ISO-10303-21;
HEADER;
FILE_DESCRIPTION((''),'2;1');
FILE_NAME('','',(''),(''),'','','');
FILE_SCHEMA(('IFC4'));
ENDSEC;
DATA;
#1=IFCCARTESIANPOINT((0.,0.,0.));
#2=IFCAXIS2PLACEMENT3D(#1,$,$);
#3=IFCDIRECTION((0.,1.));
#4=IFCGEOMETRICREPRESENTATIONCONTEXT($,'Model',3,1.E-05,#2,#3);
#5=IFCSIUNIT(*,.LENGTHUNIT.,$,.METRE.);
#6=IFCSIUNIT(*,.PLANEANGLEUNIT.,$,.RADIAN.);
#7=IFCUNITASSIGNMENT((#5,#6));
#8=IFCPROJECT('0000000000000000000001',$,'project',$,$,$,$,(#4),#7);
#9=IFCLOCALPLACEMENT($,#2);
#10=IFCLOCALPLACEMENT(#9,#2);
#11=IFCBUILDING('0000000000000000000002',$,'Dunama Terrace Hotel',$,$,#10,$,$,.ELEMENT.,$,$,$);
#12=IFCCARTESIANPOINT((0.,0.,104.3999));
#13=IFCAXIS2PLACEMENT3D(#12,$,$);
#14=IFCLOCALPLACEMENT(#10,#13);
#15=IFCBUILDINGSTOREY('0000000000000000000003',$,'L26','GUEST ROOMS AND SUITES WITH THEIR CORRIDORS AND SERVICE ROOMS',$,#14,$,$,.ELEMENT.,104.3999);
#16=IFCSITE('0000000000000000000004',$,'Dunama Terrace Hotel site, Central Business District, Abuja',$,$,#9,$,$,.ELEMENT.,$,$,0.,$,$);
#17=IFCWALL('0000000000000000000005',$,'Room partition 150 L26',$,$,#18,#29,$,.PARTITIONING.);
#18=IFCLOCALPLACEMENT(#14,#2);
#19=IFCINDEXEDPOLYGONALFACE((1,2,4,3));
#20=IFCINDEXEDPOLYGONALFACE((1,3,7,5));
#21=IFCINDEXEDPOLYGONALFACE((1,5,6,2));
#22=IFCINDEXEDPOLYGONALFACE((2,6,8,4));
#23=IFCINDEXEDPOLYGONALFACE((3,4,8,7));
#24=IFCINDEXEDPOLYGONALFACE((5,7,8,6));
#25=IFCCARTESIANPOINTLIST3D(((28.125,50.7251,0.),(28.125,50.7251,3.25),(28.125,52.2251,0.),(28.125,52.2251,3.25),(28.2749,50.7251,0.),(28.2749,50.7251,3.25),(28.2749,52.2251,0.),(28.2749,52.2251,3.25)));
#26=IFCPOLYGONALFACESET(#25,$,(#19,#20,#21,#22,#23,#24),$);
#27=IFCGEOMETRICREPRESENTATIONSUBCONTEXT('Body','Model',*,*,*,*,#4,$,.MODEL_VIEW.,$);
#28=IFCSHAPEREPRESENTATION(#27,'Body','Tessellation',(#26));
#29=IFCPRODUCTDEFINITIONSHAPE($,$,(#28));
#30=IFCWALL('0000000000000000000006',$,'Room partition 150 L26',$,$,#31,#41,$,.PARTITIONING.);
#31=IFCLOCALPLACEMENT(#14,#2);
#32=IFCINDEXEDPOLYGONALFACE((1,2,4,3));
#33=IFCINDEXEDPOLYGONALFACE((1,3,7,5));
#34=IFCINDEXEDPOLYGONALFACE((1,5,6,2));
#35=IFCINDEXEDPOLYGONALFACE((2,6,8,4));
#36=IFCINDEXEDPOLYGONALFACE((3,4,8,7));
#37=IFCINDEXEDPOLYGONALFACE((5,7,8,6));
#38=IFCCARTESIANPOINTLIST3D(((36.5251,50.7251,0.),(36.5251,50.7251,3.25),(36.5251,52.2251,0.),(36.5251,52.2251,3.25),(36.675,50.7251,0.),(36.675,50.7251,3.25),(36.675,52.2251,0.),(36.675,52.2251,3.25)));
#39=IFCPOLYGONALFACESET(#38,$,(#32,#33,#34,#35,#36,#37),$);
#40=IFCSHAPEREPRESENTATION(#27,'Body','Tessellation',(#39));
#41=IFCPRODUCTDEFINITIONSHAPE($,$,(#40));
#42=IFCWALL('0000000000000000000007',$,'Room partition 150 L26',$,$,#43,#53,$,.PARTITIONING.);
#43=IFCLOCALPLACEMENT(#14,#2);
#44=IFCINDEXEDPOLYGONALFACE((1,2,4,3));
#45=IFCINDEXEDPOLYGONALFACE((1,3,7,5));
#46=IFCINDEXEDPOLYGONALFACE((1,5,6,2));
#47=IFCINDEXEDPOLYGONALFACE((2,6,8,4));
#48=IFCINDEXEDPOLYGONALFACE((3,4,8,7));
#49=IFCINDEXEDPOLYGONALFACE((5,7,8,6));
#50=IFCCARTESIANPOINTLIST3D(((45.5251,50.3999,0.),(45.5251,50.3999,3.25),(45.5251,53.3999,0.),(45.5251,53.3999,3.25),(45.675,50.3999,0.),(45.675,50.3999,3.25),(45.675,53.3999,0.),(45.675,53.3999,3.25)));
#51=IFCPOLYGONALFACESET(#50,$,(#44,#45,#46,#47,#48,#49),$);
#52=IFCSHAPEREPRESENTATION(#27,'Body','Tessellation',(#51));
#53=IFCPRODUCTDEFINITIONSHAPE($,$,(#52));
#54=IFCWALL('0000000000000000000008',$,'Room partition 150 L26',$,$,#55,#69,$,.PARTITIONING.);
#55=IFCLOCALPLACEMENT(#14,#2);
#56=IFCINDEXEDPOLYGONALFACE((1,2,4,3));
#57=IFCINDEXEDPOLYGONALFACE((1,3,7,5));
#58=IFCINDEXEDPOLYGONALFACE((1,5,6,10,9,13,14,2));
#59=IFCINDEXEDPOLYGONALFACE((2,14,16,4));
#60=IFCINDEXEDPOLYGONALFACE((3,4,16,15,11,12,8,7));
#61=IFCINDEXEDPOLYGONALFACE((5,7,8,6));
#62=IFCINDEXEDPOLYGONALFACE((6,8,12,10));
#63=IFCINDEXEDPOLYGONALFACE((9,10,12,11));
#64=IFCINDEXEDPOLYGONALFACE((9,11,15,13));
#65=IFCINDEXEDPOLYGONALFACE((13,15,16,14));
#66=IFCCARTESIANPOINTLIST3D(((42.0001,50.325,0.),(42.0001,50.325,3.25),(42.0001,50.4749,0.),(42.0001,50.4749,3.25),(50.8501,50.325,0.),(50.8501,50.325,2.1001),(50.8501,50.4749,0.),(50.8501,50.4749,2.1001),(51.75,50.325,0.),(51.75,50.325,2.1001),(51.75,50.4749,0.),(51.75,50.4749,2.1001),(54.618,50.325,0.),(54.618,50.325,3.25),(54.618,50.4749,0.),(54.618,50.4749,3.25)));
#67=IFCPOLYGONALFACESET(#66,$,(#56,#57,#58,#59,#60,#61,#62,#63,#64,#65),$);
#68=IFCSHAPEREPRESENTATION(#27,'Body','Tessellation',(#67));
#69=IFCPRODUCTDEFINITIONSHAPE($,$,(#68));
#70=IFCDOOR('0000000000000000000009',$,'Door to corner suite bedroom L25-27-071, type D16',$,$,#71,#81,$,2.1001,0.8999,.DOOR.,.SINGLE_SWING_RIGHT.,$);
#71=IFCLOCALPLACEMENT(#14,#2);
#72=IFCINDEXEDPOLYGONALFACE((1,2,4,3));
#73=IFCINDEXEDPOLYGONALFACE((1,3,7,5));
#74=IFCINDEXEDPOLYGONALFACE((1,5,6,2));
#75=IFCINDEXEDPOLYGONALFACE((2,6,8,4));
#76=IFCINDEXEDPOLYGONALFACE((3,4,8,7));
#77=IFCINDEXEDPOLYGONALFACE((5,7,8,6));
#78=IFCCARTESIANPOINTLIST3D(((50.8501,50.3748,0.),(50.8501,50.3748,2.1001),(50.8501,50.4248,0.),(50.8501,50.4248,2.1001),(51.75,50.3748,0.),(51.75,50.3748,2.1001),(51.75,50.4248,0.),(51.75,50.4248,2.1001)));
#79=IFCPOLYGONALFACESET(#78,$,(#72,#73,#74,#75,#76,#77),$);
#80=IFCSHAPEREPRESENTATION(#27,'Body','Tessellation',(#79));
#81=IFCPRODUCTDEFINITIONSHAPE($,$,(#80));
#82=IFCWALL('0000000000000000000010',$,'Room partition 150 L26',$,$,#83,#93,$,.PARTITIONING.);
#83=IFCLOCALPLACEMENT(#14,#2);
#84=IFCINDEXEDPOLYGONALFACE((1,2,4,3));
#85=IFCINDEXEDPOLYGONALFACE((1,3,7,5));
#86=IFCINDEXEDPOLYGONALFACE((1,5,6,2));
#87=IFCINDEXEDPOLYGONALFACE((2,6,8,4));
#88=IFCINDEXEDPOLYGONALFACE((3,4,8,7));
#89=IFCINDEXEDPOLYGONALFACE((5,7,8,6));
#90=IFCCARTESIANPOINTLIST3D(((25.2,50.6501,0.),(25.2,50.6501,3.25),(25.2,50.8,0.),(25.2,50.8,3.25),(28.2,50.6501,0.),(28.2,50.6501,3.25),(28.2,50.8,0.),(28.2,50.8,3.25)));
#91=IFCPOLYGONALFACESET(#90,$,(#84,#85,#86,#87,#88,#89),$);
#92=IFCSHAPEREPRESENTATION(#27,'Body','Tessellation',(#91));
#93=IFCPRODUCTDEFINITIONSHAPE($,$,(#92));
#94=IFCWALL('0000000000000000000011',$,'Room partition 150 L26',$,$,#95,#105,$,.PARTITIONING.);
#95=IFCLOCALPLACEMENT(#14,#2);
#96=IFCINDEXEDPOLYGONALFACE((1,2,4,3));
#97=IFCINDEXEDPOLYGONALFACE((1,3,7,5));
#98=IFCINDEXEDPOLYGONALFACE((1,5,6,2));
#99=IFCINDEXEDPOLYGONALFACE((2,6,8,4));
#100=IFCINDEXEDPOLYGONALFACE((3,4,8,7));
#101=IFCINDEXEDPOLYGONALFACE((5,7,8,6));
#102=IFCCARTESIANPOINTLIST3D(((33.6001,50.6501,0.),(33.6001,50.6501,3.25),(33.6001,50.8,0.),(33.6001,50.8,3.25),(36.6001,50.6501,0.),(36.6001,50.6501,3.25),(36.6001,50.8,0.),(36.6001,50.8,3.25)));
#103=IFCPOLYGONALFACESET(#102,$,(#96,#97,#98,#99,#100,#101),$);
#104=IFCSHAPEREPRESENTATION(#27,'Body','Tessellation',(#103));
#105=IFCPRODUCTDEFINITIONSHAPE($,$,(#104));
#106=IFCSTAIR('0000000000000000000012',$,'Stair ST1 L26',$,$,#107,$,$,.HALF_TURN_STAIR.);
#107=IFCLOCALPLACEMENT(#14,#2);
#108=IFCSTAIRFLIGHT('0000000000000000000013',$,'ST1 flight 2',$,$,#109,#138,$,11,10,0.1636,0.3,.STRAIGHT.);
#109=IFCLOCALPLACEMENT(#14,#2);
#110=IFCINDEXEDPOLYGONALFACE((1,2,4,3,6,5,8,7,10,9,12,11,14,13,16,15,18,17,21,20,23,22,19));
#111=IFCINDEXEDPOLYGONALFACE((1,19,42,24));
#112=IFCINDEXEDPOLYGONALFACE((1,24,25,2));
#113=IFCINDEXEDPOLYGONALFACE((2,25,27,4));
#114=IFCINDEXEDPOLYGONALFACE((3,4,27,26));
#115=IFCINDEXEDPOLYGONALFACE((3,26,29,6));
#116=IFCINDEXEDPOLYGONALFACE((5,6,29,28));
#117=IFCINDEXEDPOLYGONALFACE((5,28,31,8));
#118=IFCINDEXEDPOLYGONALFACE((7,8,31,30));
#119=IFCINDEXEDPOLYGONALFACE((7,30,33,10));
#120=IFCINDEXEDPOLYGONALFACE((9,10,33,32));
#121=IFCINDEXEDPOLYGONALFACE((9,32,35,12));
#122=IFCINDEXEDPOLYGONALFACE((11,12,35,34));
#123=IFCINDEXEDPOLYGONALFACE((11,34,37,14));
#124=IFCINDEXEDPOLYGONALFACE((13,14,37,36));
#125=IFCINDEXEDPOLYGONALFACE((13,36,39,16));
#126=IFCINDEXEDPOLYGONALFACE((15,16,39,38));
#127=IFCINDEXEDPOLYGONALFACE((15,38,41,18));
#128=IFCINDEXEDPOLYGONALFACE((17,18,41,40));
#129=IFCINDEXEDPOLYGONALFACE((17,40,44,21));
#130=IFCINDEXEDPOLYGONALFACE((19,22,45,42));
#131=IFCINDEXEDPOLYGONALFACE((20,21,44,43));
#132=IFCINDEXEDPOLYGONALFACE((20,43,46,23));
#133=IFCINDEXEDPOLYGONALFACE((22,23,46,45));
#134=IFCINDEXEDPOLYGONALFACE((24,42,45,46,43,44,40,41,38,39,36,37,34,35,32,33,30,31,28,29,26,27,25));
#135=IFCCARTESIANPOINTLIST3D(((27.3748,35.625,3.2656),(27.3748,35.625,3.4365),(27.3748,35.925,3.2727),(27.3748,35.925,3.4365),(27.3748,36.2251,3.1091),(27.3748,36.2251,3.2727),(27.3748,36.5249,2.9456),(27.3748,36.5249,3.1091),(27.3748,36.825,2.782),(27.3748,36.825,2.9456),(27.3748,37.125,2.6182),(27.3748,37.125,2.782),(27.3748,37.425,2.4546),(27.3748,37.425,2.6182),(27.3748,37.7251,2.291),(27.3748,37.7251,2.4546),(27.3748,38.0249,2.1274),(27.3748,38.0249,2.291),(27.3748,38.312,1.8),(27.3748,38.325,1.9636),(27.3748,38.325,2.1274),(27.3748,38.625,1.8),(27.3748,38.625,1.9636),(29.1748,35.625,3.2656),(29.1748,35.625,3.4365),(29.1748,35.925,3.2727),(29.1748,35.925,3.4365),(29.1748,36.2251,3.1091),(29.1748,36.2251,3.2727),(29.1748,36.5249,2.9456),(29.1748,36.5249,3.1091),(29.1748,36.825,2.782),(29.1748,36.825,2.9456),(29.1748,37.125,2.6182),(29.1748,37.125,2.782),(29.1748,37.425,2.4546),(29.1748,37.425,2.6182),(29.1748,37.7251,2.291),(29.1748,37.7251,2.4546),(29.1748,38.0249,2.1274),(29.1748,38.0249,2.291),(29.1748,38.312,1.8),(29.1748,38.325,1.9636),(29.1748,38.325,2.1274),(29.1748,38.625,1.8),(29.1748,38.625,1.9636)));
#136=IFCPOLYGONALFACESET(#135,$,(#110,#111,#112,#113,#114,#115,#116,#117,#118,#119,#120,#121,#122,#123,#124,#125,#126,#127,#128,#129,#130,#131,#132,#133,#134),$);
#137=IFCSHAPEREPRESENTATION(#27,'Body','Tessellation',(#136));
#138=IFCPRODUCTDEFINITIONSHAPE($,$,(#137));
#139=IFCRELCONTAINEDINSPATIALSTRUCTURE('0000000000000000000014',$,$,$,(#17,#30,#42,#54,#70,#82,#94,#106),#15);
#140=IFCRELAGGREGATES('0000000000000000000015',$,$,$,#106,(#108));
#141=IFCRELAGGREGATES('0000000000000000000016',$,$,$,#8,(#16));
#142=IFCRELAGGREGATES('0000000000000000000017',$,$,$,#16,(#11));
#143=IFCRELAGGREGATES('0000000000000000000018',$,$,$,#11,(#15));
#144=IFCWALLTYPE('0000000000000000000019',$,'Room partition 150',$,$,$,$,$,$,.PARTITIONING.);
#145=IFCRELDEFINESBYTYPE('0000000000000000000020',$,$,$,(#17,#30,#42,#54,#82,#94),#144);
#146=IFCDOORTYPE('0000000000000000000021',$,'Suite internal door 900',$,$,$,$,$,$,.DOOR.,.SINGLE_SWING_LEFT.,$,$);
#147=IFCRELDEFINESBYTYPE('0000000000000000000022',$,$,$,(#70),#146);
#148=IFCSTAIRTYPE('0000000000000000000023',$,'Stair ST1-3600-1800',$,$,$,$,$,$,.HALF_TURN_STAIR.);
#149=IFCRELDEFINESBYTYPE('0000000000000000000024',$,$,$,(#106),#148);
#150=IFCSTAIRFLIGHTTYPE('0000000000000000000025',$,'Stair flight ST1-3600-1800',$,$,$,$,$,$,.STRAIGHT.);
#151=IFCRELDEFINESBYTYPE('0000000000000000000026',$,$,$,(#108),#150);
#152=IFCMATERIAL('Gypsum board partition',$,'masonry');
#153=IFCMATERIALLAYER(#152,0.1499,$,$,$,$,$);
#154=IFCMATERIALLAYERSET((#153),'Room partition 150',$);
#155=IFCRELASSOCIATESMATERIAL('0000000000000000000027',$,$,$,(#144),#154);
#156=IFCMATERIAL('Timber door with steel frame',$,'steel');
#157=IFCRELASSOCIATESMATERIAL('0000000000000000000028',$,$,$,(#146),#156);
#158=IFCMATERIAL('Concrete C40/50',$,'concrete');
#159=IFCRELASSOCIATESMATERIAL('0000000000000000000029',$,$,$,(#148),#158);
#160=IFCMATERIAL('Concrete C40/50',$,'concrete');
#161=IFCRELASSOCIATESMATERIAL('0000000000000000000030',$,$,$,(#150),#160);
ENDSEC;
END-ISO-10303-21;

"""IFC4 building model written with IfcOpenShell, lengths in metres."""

from ifc_helpers import new_model, si_unit, direction, frame, frame_2d, origin, place, context, subcontext, project, spatial, polyline, rectangle, outline, extrude, material, layer, layer_set, type_object, element, fill, aggregate, save


model = new_model("IFC4")

# Units and contexts
model_context = context("Model", 3, precision=1e-05, world=origin(), true_north=direction((0.0, 1.0)))
body_context = subcontext(model_context, "Body", "Model", "MODEL_VIEW")
ifc_project = project(units=[si_unit("LENGTHUNIT", "METRE"), si_unit("PLANEANGLEUNIT", "RADIAN")], contexts=[model_context])

# Site, building, storey
site_placement = place(None, origin())
site = spatial("IfcSite", under=ifc_project, at=site_placement, Name="Dunama Terrace Hotel site, Central Business District, Abuja", CompositionType="ELEMENT", RefElevation=0.0)
building_placement = place(site_placement, origin())
building = spatial("IfcBuilding", under=site, at=building_placement, Name="Dunama Terrace Hotel", CompositionType="ELEMENT")
storey_placement = place(building_placement, frame((0.0, 0.0, 104.3999)))
storey = spatial("IfcBuildingStorey", under=building, at=storey_placement, Name="L26", Description="GUEST ROOMS AND SUITES WITH THEIR CORRIDORS AND SERVICE ROOMS", CompositionType="ELEMENT", Elevation=104.3999)

# Walls
ifc_material_1 = material(Name="Gypsum board partition", Category="masonry")
ifc_layer_1 = layer(ifc_material_1, 0.1499)
ifc_layer_set_1 = layer_set([ifc_layer_1], Name="Room partition 150")
wall_type_1 = type_object("IfcWallType", Name="Room partition 150", PredefinedType="PARTITIONING", material=ifc_layer_set_1)
for number, where, z_axis, x_axis, name in (
    (1, (28.2, 50.7251, 0.0), (0.0, 0.0, 1.0), (0.0, 1.0, 0.0), "Room partition 150 L26"),
    (2, (36.6001, 50.7251, 0.0), (0.0, 0.0, 1.0), (0.0, 1.0, 0.0), "Room partition 150 L26"),
):
    element("IfcWall", number, at=place(storey_placement, frame(where, z_axis=z_axis, x_axis=x_axis)), inside=storey, type_object=wall_type_1, Name=name, PredefinedType="PARTITIONING", context=body_context, shape_type="SweptSolid", body=[
        extrude(rectangle(XDim=1.5, YDim=0.1499, at=frame_2d((0.75, 0.0))), origin(), (0.0, 0.0, 1.0), 3.25),
    ])
wall_1_placement = place(storey_placement, frame((45.6001, 50.3999, 0.0), z_axis=(0.0, 0.0, 1.0), x_axis=(0.0, 1.0, 0.0)))
element("IfcWall", 3, at=wall_1_placement, inside=storey, type_object=wall_type_1, Name="Room partition 150 L26", PredefinedType="PARTITIONING", context=body_context, shape_type="SweptSolid", body=[
    extrude(rectangle(XDim=3.0, YDim=0.1499, at=frame_2d((1.5, 0.0))), origin(), (0.0, 0.0, 1.0), 3.25),
])

# Wall, opening, door
wall_2_placement = place(storey_placement, frame((42.0, 50.3999, 0.0), z_axis=(0.0, 0.0, 1.0), x_axis=(1.0, 0.0, 0.0)))
wall_2 = element("IfcWall", 4, at=wall_2_placement, inside=storey, type_object=wall_type_1, Name="Room partition 150 L26", PredefinedType="PARTITIONING", context=body_context, shape_type="SweptSolid", body=[
    extrude(rectangle(XDim=12.6179, YDim=0.1499, at=frame_2d((6.3091, 0.0))), origin(), (0.0, 0.0, 1.0), 3.25),
])
opening_1_placement = place(wall_2_placement, frame((8.8501, 0.0, 0.0)))
opening_1 = element("IfcOpeningElement", 5, at=opening_1_placement, cuts=wall_2, PredefinedType="OPENING", context=body_context, shape_type="SweptSolid", body=[
    extrude(rectangle(XDim=0.8999, YDim=2.1001, at=frame_2d((0.45, 1.05))), frame((0.0, 0.085, 0.0), z_axis=(0.0, -1.0, 0.0), x_axis=(1.0, 0.0, 0.0)), (0.0, 0.0, 1.0), 0.1699),
])
ifc_material_2 = material(Name="Timber door with steel frame", Category="steel")
door_type_1 = type_object("IfcDoorType", Name="Suite internal door 900", OperationType="SINGLE_SWING_LEFT", PredefinedType="DOOR", material=ifc_material_2)
door_1_placement = place(opening_1_placement, origin())
door_1 = element("IfcDoor", 6, at=door_1_placement, inside=storey, type_object=door_type_1, Name="Door to corner suite bedroom L25-27-071, type D16", OperationType="SINGLE_SWING_RIGHT", OverallHeight=2.1001, OverallWidth=0.8999, PredefinedType="DOOR", context=body_context, shape_type="SweptSolid", body=[
    extrude(rectangle(XDim=0.8999, YDim=2.1001, at=frame_2d((0.45, 1.05))), frame((0.0, 0.0249, 0.0), z_axis=(0.0, -1.0, 0.0), x_axis=(1.0, 0.0, 0.0)), (0.0, 0.0, 1.0), 0.05),
])
fill(opening_1, door_1)

# Walls
for number, where, z_axis, x_axis, name in (
    (7, (25.2, 50.7251, 0.0), (0.0, 0.0, 1.0), (1.0, 0.0, 0.0), "Room partition 150 L26"),
    (8, (33.6001, 50.7251, 0.0), (0.0, 0.0, 1.0), (1.0, 0.0, 0.0), "Room partition 150 L26"),
):
    element("IfcWall", number, at=place(storey_placement, frame(where, z_axis=z_axis, x_axis=x_axis)), inside=storey, type_object=wall_type_1, Name=name, PredefinedType="PARTITIONING", context=body_context, shape_type="SweptSolid", body=[
        extrude(rectangle(XDim=3.0, YDim=0.1499, at=frame_2d((1.5, 0.0))), origin(), (0.0, 0.0, 1.0), 3.25),
    ])

# Stair, stair flight
ifc_material_3 = material(Name="Concrete C40/50", Category="concrete")
stair_type = type_object("IfcStairType", Name="Stair ST1-3600-1800", PredefinedType="HALF_TURN_STAIR", material=ifc_material_3)
stair_placement = place(storey_placement, origin())
stair = element("IfcStair", 9, at=stair_placement, inside=storey, type_object=stair_type, Name="Stair ST1 L26", PredefinedType="HALF_TURN_STAIR")
ifc_material_4 = material(Name="Concrete C40/50", Category="concrete")
stair_flight_type = type_object("IfcStairFlightType", Name="Stair flight ST1-3600-1800", PredefinedType="STRAIGHT", material=ifc_material_4)
stair_flight_placement = place(storey_placement, frame((28.2749, 38.625, 1.8), z_axis=(0.0, 0.0, 1.0), x_axis=(0.0, -1.0, 0.0)))
stair_flight = element("IfcStairFlight", 10, at=stair_flight_placement, type_object=stair_flight_type, Name="ST1 flight 2", NumberOfRisers=11, NumberOfTreads=10, PredefinedType="STRAIGHT", RiserHeight=0.1636, TreadLength=0.3, context=body_context, shape_type="SweptSolid", body=[
    extrude(outline(polyline([(0.0, 0.0), (0.0, 0.1636), (0.3, 0.1636), (0.3, 0.3274), (0.6001, 0.3274), (0.6001, 0.491), (0.8999, 0.491), (0.8999, 0.6545), (1.2, 0.6545), (1.2, 0.8181), (1.5, 0.8181), (1.5, 0.9819), (1.8, 0.9819), (1.8, 1.1455), (2.1001, 1.1455), (2.1001, 1.3091), (2.3999, 1.3091), (2.3999, 1.4727), (2.7, 1.4727), (2.7, 1.6365), (3.0, 1.6365), (3.0, 1.8), (3.0, 1.4656), (0.313, 0.0), (0.0, 0.0)])), frame((0.0, 0.8999, 0.0), z_axis=(0.0, -1.0, 0.0), x_axis=(1.0, 0.0, 0.0)), (0.0, 0.0, 1.0), 1.8),
])
aggregate(stair, [stair_flight])

save(model, "model.ifc")
